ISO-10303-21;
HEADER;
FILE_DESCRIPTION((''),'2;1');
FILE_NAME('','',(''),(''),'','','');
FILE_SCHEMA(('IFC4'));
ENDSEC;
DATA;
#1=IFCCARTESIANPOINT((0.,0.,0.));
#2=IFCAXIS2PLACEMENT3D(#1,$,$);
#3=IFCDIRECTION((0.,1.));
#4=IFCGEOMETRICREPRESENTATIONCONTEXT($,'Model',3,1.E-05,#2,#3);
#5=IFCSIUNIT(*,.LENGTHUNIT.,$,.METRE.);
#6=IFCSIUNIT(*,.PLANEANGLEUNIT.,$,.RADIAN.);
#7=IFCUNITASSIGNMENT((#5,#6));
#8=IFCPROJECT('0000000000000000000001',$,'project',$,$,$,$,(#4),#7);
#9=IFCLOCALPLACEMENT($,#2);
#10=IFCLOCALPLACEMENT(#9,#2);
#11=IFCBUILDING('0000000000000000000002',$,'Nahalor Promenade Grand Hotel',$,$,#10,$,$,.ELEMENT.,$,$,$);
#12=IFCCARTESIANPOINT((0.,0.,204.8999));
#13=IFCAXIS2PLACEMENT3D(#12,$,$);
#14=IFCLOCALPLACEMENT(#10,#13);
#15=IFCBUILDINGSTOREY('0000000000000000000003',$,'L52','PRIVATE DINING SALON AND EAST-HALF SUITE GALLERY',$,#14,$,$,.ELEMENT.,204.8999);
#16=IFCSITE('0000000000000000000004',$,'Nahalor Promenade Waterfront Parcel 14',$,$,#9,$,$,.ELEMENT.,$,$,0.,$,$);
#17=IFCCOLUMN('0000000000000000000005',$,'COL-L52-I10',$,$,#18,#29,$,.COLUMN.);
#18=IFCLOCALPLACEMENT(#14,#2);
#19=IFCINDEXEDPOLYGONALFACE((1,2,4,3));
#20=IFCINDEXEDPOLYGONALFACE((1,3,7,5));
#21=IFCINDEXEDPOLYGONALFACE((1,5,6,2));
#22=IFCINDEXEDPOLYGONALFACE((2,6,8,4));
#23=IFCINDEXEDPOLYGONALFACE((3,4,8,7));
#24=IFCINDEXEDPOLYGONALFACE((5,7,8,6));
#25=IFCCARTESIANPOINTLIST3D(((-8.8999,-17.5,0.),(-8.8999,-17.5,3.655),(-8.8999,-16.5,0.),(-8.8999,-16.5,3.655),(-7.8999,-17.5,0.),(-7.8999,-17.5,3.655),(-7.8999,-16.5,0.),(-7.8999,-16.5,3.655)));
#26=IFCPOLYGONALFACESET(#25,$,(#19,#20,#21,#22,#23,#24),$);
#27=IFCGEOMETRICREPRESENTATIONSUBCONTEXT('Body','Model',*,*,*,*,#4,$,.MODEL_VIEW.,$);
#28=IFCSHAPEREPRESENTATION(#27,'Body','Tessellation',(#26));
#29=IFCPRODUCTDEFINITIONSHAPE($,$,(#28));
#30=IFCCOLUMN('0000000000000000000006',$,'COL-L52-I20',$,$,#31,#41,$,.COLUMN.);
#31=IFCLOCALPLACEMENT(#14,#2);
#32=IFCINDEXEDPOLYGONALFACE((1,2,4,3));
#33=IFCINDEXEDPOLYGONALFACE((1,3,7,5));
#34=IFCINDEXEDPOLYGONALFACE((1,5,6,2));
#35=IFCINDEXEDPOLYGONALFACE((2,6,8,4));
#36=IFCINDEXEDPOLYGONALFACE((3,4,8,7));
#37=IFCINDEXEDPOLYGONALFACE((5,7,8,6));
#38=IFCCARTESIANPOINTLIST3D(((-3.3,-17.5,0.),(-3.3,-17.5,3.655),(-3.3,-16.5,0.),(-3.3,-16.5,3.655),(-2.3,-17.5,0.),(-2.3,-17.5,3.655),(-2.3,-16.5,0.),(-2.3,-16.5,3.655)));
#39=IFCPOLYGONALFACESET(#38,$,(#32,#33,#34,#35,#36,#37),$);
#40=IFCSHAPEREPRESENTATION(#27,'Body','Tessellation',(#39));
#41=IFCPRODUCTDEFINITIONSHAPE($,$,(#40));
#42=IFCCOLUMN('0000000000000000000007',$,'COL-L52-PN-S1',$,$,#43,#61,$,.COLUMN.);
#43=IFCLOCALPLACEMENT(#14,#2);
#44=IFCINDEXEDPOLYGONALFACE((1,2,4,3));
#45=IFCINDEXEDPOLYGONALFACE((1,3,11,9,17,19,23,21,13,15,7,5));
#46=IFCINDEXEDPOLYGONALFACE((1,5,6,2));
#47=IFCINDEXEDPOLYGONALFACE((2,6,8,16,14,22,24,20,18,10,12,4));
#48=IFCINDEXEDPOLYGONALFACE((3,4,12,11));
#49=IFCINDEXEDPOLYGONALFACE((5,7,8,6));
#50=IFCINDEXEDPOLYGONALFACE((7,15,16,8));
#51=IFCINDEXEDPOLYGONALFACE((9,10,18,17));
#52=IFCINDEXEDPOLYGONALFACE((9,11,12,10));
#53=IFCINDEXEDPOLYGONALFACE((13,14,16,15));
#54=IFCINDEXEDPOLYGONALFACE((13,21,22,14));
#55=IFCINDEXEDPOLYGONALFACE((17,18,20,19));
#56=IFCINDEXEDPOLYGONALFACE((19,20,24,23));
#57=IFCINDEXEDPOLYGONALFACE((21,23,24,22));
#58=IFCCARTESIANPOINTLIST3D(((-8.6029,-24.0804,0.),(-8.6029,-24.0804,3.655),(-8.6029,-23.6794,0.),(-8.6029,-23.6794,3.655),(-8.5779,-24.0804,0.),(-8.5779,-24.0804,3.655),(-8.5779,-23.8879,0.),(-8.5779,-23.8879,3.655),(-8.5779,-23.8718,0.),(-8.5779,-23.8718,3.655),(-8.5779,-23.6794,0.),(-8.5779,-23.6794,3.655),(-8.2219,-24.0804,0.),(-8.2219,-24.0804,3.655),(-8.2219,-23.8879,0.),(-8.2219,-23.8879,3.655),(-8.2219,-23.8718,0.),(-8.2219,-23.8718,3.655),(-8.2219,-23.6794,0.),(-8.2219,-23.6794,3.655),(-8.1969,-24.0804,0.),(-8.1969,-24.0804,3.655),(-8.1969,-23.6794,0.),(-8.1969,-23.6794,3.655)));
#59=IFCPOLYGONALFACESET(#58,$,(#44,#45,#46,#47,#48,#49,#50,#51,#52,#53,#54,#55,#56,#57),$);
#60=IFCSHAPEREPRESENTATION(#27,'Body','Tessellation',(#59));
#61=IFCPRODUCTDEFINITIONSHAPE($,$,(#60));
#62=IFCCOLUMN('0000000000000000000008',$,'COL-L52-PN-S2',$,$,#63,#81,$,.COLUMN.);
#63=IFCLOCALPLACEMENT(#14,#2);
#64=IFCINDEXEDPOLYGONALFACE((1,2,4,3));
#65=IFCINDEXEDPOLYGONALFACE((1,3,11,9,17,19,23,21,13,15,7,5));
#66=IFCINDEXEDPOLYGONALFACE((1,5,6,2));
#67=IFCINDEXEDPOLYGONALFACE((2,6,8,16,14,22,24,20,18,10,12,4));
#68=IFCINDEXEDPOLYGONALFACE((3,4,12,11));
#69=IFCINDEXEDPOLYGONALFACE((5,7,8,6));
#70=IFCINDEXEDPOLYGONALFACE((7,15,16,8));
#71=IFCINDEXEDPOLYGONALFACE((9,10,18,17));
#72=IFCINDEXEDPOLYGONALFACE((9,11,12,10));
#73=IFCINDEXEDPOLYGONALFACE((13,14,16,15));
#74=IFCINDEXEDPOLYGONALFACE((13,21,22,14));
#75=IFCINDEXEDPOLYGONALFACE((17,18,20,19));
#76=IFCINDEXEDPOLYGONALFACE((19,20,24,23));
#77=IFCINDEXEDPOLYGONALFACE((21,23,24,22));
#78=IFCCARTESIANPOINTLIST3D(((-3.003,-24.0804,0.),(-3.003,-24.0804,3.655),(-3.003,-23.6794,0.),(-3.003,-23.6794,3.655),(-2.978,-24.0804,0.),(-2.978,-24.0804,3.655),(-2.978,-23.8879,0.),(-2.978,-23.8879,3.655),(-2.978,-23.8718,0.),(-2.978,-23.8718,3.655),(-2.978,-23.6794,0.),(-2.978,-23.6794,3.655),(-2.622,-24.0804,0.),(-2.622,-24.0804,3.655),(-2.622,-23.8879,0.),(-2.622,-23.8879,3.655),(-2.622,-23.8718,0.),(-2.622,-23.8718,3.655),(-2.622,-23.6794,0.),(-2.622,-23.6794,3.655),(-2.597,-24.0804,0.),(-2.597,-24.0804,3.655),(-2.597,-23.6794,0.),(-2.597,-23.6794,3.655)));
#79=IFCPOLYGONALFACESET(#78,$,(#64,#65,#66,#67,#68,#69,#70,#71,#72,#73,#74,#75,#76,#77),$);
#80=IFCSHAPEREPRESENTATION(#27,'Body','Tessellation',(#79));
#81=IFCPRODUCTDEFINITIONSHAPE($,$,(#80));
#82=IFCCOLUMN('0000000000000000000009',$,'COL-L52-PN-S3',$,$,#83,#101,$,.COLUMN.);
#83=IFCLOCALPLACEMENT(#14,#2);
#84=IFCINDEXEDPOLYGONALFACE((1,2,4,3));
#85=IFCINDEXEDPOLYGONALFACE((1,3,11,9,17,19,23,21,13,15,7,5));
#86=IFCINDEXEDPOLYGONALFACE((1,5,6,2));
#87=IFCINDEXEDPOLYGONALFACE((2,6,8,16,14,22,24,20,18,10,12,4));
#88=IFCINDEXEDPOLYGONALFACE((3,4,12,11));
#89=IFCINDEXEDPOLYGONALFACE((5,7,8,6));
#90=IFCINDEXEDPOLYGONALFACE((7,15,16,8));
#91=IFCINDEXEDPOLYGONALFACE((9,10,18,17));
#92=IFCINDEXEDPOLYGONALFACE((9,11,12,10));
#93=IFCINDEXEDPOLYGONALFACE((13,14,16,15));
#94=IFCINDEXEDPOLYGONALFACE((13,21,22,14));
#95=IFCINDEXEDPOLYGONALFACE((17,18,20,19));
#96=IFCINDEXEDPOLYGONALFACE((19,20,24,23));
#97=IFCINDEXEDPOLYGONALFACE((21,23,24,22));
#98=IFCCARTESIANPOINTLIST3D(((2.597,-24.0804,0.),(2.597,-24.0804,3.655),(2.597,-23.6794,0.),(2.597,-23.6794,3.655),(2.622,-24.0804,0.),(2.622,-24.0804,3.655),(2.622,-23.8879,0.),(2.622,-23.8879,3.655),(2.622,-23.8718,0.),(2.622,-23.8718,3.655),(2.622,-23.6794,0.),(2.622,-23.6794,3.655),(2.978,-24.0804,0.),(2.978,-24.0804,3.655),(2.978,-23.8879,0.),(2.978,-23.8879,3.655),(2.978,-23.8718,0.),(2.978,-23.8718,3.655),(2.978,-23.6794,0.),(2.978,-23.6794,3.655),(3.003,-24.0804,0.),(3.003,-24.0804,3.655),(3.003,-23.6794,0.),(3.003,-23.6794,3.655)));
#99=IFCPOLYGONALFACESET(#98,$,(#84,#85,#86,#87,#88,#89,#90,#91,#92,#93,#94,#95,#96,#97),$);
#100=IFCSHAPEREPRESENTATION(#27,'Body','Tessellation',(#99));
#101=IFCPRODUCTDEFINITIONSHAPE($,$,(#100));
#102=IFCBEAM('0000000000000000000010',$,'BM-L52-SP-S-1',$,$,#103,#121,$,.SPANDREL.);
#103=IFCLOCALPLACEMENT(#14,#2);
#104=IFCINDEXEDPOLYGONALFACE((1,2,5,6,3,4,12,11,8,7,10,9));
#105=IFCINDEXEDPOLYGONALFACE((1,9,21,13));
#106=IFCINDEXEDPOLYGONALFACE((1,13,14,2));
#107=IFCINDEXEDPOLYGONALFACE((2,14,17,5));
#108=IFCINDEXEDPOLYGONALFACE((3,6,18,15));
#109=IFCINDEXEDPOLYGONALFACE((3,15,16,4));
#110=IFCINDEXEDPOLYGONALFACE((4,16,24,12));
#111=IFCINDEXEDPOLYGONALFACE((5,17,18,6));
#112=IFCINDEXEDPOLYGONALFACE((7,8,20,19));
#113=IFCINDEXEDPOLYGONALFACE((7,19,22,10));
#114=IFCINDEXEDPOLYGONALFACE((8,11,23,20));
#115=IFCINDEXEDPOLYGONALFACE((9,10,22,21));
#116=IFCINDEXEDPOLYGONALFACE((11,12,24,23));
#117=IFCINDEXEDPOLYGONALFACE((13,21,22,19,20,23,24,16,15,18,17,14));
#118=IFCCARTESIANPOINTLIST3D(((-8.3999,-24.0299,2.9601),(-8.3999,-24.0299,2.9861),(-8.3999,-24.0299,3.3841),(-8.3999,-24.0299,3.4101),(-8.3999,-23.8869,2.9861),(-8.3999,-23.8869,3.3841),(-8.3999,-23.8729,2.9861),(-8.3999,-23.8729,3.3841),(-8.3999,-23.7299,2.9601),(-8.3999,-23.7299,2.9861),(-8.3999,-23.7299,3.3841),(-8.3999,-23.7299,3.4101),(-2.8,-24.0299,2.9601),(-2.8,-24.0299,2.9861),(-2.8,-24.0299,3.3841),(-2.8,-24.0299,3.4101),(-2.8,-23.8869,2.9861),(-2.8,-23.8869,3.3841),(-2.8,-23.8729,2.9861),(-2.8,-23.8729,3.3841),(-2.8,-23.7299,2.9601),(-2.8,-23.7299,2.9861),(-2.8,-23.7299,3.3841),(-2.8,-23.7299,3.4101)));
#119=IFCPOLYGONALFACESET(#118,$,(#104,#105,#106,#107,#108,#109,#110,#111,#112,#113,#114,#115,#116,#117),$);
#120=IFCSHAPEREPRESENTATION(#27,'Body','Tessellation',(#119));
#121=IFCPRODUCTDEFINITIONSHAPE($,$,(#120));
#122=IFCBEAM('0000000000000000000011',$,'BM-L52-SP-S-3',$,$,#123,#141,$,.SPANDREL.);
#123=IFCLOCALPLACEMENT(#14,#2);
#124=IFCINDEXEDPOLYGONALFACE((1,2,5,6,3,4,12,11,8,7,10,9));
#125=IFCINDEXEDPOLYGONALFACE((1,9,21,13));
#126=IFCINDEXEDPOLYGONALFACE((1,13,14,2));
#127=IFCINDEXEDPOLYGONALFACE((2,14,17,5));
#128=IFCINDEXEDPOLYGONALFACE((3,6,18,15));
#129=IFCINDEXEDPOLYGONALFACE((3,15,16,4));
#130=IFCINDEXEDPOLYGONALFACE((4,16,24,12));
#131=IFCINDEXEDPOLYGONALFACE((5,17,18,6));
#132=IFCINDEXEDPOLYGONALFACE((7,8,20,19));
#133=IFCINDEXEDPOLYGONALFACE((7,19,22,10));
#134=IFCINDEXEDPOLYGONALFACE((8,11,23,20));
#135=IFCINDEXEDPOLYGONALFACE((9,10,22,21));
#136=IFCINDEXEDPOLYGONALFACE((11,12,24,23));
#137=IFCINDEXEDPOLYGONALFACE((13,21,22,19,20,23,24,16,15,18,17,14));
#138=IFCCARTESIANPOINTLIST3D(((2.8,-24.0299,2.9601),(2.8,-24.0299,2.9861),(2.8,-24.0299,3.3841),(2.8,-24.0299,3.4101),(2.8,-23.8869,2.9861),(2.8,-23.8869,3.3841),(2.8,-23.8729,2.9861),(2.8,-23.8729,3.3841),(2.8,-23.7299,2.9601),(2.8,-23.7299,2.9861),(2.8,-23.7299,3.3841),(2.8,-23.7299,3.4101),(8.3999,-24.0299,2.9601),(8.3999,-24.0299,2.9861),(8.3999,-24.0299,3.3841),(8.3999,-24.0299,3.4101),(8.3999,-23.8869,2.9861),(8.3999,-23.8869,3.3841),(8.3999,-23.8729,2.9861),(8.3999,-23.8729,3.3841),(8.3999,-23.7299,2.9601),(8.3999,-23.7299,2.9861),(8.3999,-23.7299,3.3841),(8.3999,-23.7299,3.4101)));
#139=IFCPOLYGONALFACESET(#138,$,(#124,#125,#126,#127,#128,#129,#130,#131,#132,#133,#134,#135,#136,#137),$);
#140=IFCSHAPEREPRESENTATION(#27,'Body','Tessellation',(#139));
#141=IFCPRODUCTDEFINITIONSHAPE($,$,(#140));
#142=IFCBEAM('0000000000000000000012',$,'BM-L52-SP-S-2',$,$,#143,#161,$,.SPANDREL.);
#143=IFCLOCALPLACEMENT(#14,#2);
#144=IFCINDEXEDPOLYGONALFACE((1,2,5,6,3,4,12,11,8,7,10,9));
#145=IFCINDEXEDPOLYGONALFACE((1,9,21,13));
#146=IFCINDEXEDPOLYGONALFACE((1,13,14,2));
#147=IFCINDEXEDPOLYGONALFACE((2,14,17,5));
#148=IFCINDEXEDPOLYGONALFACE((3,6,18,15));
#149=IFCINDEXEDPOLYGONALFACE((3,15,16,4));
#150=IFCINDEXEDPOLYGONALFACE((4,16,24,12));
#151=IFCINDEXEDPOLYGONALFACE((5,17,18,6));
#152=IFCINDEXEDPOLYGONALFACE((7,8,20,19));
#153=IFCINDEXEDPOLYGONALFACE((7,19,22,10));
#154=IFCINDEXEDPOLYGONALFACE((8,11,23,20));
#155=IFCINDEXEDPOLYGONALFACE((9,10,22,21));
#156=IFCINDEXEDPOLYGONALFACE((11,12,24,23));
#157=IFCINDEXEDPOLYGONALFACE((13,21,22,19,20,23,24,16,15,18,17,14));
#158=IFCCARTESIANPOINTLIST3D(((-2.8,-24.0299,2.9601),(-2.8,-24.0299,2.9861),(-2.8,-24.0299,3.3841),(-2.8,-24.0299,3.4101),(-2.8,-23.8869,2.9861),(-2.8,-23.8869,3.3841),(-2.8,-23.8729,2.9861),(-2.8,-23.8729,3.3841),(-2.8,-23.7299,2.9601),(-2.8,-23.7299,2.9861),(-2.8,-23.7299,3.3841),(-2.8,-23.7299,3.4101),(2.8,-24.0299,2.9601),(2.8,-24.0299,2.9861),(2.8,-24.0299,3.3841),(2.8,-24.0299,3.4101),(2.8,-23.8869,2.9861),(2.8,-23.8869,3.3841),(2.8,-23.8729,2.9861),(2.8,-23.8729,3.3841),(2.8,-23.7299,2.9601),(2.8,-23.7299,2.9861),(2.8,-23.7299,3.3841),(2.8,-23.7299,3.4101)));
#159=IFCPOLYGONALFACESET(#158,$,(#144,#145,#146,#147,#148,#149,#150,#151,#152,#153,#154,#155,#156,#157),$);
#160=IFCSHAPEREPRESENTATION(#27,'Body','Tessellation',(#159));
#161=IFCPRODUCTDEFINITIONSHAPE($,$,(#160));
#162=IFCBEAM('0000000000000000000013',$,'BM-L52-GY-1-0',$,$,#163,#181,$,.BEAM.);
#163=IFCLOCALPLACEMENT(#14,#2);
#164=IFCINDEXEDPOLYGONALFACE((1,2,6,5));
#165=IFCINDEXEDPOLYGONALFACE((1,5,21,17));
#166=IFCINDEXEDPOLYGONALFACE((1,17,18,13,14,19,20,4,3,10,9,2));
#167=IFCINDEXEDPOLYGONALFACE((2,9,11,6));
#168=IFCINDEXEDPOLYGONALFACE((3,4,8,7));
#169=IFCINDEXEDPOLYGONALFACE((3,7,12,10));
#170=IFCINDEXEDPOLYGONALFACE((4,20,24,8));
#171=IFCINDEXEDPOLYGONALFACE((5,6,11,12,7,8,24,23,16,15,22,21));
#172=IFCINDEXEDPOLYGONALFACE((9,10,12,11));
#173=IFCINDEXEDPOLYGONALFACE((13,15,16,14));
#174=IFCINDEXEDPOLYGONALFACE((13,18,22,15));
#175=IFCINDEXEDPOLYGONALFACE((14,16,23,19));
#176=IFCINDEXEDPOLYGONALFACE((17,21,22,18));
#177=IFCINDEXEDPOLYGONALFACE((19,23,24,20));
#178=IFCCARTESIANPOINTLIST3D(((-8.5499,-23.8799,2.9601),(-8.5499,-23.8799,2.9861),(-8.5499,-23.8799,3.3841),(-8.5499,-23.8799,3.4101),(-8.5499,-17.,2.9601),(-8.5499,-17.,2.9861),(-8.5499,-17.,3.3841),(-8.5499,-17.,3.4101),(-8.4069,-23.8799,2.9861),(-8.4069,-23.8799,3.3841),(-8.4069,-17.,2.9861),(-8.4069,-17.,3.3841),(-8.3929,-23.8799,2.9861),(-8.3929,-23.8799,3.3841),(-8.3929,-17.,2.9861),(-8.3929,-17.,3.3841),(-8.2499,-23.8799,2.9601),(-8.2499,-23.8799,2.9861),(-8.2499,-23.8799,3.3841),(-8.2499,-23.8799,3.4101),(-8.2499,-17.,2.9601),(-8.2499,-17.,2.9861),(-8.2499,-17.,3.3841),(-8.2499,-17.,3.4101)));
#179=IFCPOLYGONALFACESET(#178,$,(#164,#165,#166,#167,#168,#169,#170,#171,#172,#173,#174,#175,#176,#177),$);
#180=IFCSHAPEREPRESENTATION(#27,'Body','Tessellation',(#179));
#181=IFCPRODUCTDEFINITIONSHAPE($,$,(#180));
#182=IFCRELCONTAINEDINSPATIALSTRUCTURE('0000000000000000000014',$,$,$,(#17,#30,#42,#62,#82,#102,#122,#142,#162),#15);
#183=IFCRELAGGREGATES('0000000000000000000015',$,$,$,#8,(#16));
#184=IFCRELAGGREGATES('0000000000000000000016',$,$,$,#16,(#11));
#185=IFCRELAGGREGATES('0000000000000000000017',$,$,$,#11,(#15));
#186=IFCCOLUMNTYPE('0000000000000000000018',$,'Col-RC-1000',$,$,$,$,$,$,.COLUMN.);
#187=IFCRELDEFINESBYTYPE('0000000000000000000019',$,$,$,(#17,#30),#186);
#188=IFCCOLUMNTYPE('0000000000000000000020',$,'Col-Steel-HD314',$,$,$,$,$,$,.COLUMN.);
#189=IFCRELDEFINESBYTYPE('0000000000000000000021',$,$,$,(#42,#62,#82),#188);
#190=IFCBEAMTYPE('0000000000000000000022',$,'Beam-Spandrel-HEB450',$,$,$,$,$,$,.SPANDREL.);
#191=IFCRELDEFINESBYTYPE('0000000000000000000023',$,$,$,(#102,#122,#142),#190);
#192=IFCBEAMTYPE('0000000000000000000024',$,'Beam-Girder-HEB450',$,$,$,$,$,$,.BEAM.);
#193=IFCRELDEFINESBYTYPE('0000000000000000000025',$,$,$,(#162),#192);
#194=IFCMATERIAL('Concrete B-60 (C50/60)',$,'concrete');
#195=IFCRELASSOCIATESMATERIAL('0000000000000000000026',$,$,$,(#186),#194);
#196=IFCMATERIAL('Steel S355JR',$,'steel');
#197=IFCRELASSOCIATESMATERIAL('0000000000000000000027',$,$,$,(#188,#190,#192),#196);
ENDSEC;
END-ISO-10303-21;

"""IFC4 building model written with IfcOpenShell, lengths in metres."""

from ifc_helpers import new_model, si_unit, direction, frame, origin, origin_2d, place, context, subcontext, project, spatial, rectangle, i_section, extrude, source, transform, mapped, material, material_profile, profile_set, type_object, element, save


model = new_model("IFC4")

# Units and contexts
model_context = context("Model", 3, precision=1e-05, world=origin(), true_north=direction((0.0, 1.0)))
body_context = subcontext(model_context, "Body", "Model", "MODEL_VIEW")
ifc_project = project(units=[si_unit("LENGTHUNIT", "METRE"), si_unit("PLANEANGLEUNIT", "RADIAN")], contexts=[model_context])

# Site, building, storey
site_placement = place(None, origin())
site = spatial("IfcSite", under=ifc_project, at=site_placement, Name="Nahalor Promenade Waterfront Parcel 14", CompositionType="ELEMENT", RefElevation=0.0)
building_placement = place(site_placement, origin())
building = spatial("IfcBuilding", under=site, at=building_placement, Name="Nahalor Promenade Grand Hotel", CompositionType="ELEMENT")
storey_placement = place(building_placement, frame((0.0, 0.0, 204.8999)))
storey = spatial("IfcBuildingStorey", under=building, at=storey_placement, Name="L52", Description="PRIVATE DINING SALON AND EAST-HALF SUITE GALLERY", CompositionType="ELEMENT", Elevation=204.8999)

# Columns
ifc_material_1 = material(Name="Concrete B-60 (C50/60)", Category="concrete")
ifc_material_profile_1 = material_profile(ifc_material_1, rectangle(XDim=1.0, YDim=1.0, at=origin_2d()), Name="RC 1000x1000")
ifc_profile_set_1 = profile_set([ifc_material_profile_1], Name="Concrete B-60 (C50/60)")
column_type_1 = type_object("IfcColumnType", Name="Col-RC-1000", PredefinedType="COLUMN", material=ifc_profile_set_1)
shared_shape_1 = source(origin(), body_context, "Body", "SweptSolid", [
    extrude(rectangle(XDim=1.0, YDim=1.0, at=origin_2d()), origin(), (0.0, 0.0, 1.0), 3.655),
])
for number, where, z_axis, x_axis, name in (
    (1, (-8.3999, -17.0, 0.0), (0.0, 0.0, 1.0), (1.0, 0.0, 0.0), "COL-L52-I10"),
    (2, (-2.8, -17.0, 0.0), (0.0, 0.0, 1.0), (1.0, 0.0, 0.0), "COL-L52-I20"),
):
    element("IfcColumn", number, at=place(storey_placement, frame(where, z_axis=z_axis, x_axis=x_axis)), inside=storey, type_object=column_type_1, Name=name, PredefinedType="COLUMN", context=body_context, shape_type="MappedRepresentation", body=[
        mapped(shared_shape_1, transform((0.0, 0.0, 0.0), scale=1.0)),
    ])
ifc_material_2 = material(Name="Steel S355JR", Category="steel")
ifc_material_profile_2 = material_profile(ifc_material_2, i_section(OverallWidth=0.401, OverallDepth=0.406, WebThickness=0.0161, FlangeThickness=0.025, at=origin_2d()), Name="HD 400x314")
ifc_profile_set_2 = profile_set([ifc_material_profile_2], Name="Steel S355JR")
column_type_2 = type_object("IfcColumnType", Name="Col-Steel-HD314", PredefinedType="COLUMN", material=ifc_profile_set_2)
shared_shape_2 = source(origin(), body_context, "Body", "SweptSolid", [
    extrude(i_section(OverallWidth=0.401, OverallDepth=0.406, WebThickness=0.0161, FlangeThickness=0.025, at=origin_2d()), origin(), (0.0, 0.0, 1.0), 3.655),
])
for number, where, z_axis, x_axis, name in (
    (3, (-8.3999, -23.8799, 0.0), (0.0, 0.0, 1.0), (0.0, 1.0, 0.0), "COL-L52-PN-S1"),
    (4, (-2.8, -23.8799, 0.0), (0.0, 0.0, 1.0), (0.0, 1.0, 0.0), "COL-L52-PN-S2"),
    (5, (2.8, -23.8799, 0.0), (0.0, 0.0, 1.0), (0.0, 1.0, 0.0), "COL-L52-PN-S3"),
):
    element("IfcColumn", number, at=place(storey_placement, frame(where, z_axis=z_axis, x_axis=x_axis)), inside=storey, type_object=column_type_2, Name=name, PredefinedType="COLUMN", context=body_context, shape_type="MappedRepresentation", body=[
        mapped(shared_shape_2, transform((0.0, 0.0, 0.0), scale=1.0)),
    ])

# Beams
ifc_material_profile_3 = material_profile(ifc_material_2, i_section(OverallWidth=0.3, OverallDepth=0.45, WebThickness=0.014, FlangeThickness=0.026, at=origin_2d()), Name="HEB 450")
ifc_profile_set_3 = profile_set([ifc_material_profile_3], Name="Steel S355JR")
beam_type_1 = type_object("IfcBeamType", Name="Beam-Spandrel-HEB450", PredefinedType="SPANDREL", material=ifc_profile_set_3)
shared_shape_3 = source(origin(), body_context, "Body", "SweptSolid", [
    extrude(i_section(OverallWidth=0.3, OverallDepth=0.45, WebThickness=0.014, FlangeThickness=0.026, at=origin_2d()), origin(), (0.0, 0.0, 1.0), 5.5999),
])
for number, where, z_axis, x_axis, name in (
    (6, (-8.3999, -23.8799, 3.1851), (1.0, 0.0, 0.0), (0.0, 1.0, 0.0), "BM-L52-SP-S-1"),
    (7, (2.8, -23.8799, 3.1851), (1.0, 0.0, 0.0), (0.0, 1.0, 0.0), "BM-L52-SP-S-3"),
):
    element("IfcBeam", number, at=place(storey_placement, frame(where, z_axis=z_axis, x_axis=x_axis)), inside=storey, type_object=beam_type_1, Name=name, PredefinedType="SPANDREL", context=body_context, shape_type="MappedRepresentation", body=[
        mapped(shared_shape_3, transform((0.0, 0.0, 0.0), scale=1.0)),
    ])
shared_shape_4 = source(origin(), body_context, "Body", "SweptSolid", [
    extrude(i_section(OverallWidth=0.3, OverallDepth=0.45, WebThickness=0.014, FlangeThickness=0.026, at=origin_2d()), origin(), (0.0, 0.0, 1.0), 5.6001),
])
beam_1_placement = place(storey_placement, frame((-2.8, -23.8799, 3.1851), z_axis=(1.0, 0.0, 0.0), x_axis=(0.0, 1.0, 0.0)))
element("IfcBeam", 8, at=beam_1_placement, inside=storey, type_object=beam_type_1, Name="BM-L52-SP-S-2", PredefinedType="SPANDREL", context=body_context, shape_type="MappedRepresentation", body=[
    mapped(shared_shape_4, transform((0.0, 0.0, 0.0), scale=1.0)),
])
ifc_material_profile_4 = material_profile(ifc_material_2, i_section(OverallWidth=0.3, OverallDepth=0.45, WebThickness=0.014, FlangeThickness=0.026, at=origin_2d()), Name="HEB 450")
ifc_profile_set_4 = profile_set([ifc_material_profile_4], Name="Steel S355JR")
beam_type_2 = type_object("IfcBeamType", Name="Beam-Girder-HEB450", PredefinedType="BEAM", material=ifc_profile_set_4)
shared_shape_5 = source(origin(), body_context, "Body", "SweptSolid", [
    extrude(i_section(OverallWidth=0.3, OverallDepth=0.45, WebThickness=0.014, FlangeThickness=0.026, at=origin_2d()), origin(), (0.0, 0.0, 1.0), 6.8799),
])
for number, where, z_axis, x_axis, name in (
    (9, (-8.3999, -23.8799, 3.1851), (0.0, 1.0, 0.0), (-1.0, 0.0, 0.0), "BM-L52-GY-1-0"),
):
    element("IfcBeam", number, at=place(storey_placement, frame(where, z_axis=z_axis, x_axis=x_axis)), inside=storey, type_object=beam_type_2, Name=name, PredefinedType="BEAM", context=body_context, shape_type="MappedRepresentation", body=[
        mapped(shared_shape_5, transform((0.0, 0.0, 0.0), scale=1.0)),
    ])

save(model, "model.ifc")
